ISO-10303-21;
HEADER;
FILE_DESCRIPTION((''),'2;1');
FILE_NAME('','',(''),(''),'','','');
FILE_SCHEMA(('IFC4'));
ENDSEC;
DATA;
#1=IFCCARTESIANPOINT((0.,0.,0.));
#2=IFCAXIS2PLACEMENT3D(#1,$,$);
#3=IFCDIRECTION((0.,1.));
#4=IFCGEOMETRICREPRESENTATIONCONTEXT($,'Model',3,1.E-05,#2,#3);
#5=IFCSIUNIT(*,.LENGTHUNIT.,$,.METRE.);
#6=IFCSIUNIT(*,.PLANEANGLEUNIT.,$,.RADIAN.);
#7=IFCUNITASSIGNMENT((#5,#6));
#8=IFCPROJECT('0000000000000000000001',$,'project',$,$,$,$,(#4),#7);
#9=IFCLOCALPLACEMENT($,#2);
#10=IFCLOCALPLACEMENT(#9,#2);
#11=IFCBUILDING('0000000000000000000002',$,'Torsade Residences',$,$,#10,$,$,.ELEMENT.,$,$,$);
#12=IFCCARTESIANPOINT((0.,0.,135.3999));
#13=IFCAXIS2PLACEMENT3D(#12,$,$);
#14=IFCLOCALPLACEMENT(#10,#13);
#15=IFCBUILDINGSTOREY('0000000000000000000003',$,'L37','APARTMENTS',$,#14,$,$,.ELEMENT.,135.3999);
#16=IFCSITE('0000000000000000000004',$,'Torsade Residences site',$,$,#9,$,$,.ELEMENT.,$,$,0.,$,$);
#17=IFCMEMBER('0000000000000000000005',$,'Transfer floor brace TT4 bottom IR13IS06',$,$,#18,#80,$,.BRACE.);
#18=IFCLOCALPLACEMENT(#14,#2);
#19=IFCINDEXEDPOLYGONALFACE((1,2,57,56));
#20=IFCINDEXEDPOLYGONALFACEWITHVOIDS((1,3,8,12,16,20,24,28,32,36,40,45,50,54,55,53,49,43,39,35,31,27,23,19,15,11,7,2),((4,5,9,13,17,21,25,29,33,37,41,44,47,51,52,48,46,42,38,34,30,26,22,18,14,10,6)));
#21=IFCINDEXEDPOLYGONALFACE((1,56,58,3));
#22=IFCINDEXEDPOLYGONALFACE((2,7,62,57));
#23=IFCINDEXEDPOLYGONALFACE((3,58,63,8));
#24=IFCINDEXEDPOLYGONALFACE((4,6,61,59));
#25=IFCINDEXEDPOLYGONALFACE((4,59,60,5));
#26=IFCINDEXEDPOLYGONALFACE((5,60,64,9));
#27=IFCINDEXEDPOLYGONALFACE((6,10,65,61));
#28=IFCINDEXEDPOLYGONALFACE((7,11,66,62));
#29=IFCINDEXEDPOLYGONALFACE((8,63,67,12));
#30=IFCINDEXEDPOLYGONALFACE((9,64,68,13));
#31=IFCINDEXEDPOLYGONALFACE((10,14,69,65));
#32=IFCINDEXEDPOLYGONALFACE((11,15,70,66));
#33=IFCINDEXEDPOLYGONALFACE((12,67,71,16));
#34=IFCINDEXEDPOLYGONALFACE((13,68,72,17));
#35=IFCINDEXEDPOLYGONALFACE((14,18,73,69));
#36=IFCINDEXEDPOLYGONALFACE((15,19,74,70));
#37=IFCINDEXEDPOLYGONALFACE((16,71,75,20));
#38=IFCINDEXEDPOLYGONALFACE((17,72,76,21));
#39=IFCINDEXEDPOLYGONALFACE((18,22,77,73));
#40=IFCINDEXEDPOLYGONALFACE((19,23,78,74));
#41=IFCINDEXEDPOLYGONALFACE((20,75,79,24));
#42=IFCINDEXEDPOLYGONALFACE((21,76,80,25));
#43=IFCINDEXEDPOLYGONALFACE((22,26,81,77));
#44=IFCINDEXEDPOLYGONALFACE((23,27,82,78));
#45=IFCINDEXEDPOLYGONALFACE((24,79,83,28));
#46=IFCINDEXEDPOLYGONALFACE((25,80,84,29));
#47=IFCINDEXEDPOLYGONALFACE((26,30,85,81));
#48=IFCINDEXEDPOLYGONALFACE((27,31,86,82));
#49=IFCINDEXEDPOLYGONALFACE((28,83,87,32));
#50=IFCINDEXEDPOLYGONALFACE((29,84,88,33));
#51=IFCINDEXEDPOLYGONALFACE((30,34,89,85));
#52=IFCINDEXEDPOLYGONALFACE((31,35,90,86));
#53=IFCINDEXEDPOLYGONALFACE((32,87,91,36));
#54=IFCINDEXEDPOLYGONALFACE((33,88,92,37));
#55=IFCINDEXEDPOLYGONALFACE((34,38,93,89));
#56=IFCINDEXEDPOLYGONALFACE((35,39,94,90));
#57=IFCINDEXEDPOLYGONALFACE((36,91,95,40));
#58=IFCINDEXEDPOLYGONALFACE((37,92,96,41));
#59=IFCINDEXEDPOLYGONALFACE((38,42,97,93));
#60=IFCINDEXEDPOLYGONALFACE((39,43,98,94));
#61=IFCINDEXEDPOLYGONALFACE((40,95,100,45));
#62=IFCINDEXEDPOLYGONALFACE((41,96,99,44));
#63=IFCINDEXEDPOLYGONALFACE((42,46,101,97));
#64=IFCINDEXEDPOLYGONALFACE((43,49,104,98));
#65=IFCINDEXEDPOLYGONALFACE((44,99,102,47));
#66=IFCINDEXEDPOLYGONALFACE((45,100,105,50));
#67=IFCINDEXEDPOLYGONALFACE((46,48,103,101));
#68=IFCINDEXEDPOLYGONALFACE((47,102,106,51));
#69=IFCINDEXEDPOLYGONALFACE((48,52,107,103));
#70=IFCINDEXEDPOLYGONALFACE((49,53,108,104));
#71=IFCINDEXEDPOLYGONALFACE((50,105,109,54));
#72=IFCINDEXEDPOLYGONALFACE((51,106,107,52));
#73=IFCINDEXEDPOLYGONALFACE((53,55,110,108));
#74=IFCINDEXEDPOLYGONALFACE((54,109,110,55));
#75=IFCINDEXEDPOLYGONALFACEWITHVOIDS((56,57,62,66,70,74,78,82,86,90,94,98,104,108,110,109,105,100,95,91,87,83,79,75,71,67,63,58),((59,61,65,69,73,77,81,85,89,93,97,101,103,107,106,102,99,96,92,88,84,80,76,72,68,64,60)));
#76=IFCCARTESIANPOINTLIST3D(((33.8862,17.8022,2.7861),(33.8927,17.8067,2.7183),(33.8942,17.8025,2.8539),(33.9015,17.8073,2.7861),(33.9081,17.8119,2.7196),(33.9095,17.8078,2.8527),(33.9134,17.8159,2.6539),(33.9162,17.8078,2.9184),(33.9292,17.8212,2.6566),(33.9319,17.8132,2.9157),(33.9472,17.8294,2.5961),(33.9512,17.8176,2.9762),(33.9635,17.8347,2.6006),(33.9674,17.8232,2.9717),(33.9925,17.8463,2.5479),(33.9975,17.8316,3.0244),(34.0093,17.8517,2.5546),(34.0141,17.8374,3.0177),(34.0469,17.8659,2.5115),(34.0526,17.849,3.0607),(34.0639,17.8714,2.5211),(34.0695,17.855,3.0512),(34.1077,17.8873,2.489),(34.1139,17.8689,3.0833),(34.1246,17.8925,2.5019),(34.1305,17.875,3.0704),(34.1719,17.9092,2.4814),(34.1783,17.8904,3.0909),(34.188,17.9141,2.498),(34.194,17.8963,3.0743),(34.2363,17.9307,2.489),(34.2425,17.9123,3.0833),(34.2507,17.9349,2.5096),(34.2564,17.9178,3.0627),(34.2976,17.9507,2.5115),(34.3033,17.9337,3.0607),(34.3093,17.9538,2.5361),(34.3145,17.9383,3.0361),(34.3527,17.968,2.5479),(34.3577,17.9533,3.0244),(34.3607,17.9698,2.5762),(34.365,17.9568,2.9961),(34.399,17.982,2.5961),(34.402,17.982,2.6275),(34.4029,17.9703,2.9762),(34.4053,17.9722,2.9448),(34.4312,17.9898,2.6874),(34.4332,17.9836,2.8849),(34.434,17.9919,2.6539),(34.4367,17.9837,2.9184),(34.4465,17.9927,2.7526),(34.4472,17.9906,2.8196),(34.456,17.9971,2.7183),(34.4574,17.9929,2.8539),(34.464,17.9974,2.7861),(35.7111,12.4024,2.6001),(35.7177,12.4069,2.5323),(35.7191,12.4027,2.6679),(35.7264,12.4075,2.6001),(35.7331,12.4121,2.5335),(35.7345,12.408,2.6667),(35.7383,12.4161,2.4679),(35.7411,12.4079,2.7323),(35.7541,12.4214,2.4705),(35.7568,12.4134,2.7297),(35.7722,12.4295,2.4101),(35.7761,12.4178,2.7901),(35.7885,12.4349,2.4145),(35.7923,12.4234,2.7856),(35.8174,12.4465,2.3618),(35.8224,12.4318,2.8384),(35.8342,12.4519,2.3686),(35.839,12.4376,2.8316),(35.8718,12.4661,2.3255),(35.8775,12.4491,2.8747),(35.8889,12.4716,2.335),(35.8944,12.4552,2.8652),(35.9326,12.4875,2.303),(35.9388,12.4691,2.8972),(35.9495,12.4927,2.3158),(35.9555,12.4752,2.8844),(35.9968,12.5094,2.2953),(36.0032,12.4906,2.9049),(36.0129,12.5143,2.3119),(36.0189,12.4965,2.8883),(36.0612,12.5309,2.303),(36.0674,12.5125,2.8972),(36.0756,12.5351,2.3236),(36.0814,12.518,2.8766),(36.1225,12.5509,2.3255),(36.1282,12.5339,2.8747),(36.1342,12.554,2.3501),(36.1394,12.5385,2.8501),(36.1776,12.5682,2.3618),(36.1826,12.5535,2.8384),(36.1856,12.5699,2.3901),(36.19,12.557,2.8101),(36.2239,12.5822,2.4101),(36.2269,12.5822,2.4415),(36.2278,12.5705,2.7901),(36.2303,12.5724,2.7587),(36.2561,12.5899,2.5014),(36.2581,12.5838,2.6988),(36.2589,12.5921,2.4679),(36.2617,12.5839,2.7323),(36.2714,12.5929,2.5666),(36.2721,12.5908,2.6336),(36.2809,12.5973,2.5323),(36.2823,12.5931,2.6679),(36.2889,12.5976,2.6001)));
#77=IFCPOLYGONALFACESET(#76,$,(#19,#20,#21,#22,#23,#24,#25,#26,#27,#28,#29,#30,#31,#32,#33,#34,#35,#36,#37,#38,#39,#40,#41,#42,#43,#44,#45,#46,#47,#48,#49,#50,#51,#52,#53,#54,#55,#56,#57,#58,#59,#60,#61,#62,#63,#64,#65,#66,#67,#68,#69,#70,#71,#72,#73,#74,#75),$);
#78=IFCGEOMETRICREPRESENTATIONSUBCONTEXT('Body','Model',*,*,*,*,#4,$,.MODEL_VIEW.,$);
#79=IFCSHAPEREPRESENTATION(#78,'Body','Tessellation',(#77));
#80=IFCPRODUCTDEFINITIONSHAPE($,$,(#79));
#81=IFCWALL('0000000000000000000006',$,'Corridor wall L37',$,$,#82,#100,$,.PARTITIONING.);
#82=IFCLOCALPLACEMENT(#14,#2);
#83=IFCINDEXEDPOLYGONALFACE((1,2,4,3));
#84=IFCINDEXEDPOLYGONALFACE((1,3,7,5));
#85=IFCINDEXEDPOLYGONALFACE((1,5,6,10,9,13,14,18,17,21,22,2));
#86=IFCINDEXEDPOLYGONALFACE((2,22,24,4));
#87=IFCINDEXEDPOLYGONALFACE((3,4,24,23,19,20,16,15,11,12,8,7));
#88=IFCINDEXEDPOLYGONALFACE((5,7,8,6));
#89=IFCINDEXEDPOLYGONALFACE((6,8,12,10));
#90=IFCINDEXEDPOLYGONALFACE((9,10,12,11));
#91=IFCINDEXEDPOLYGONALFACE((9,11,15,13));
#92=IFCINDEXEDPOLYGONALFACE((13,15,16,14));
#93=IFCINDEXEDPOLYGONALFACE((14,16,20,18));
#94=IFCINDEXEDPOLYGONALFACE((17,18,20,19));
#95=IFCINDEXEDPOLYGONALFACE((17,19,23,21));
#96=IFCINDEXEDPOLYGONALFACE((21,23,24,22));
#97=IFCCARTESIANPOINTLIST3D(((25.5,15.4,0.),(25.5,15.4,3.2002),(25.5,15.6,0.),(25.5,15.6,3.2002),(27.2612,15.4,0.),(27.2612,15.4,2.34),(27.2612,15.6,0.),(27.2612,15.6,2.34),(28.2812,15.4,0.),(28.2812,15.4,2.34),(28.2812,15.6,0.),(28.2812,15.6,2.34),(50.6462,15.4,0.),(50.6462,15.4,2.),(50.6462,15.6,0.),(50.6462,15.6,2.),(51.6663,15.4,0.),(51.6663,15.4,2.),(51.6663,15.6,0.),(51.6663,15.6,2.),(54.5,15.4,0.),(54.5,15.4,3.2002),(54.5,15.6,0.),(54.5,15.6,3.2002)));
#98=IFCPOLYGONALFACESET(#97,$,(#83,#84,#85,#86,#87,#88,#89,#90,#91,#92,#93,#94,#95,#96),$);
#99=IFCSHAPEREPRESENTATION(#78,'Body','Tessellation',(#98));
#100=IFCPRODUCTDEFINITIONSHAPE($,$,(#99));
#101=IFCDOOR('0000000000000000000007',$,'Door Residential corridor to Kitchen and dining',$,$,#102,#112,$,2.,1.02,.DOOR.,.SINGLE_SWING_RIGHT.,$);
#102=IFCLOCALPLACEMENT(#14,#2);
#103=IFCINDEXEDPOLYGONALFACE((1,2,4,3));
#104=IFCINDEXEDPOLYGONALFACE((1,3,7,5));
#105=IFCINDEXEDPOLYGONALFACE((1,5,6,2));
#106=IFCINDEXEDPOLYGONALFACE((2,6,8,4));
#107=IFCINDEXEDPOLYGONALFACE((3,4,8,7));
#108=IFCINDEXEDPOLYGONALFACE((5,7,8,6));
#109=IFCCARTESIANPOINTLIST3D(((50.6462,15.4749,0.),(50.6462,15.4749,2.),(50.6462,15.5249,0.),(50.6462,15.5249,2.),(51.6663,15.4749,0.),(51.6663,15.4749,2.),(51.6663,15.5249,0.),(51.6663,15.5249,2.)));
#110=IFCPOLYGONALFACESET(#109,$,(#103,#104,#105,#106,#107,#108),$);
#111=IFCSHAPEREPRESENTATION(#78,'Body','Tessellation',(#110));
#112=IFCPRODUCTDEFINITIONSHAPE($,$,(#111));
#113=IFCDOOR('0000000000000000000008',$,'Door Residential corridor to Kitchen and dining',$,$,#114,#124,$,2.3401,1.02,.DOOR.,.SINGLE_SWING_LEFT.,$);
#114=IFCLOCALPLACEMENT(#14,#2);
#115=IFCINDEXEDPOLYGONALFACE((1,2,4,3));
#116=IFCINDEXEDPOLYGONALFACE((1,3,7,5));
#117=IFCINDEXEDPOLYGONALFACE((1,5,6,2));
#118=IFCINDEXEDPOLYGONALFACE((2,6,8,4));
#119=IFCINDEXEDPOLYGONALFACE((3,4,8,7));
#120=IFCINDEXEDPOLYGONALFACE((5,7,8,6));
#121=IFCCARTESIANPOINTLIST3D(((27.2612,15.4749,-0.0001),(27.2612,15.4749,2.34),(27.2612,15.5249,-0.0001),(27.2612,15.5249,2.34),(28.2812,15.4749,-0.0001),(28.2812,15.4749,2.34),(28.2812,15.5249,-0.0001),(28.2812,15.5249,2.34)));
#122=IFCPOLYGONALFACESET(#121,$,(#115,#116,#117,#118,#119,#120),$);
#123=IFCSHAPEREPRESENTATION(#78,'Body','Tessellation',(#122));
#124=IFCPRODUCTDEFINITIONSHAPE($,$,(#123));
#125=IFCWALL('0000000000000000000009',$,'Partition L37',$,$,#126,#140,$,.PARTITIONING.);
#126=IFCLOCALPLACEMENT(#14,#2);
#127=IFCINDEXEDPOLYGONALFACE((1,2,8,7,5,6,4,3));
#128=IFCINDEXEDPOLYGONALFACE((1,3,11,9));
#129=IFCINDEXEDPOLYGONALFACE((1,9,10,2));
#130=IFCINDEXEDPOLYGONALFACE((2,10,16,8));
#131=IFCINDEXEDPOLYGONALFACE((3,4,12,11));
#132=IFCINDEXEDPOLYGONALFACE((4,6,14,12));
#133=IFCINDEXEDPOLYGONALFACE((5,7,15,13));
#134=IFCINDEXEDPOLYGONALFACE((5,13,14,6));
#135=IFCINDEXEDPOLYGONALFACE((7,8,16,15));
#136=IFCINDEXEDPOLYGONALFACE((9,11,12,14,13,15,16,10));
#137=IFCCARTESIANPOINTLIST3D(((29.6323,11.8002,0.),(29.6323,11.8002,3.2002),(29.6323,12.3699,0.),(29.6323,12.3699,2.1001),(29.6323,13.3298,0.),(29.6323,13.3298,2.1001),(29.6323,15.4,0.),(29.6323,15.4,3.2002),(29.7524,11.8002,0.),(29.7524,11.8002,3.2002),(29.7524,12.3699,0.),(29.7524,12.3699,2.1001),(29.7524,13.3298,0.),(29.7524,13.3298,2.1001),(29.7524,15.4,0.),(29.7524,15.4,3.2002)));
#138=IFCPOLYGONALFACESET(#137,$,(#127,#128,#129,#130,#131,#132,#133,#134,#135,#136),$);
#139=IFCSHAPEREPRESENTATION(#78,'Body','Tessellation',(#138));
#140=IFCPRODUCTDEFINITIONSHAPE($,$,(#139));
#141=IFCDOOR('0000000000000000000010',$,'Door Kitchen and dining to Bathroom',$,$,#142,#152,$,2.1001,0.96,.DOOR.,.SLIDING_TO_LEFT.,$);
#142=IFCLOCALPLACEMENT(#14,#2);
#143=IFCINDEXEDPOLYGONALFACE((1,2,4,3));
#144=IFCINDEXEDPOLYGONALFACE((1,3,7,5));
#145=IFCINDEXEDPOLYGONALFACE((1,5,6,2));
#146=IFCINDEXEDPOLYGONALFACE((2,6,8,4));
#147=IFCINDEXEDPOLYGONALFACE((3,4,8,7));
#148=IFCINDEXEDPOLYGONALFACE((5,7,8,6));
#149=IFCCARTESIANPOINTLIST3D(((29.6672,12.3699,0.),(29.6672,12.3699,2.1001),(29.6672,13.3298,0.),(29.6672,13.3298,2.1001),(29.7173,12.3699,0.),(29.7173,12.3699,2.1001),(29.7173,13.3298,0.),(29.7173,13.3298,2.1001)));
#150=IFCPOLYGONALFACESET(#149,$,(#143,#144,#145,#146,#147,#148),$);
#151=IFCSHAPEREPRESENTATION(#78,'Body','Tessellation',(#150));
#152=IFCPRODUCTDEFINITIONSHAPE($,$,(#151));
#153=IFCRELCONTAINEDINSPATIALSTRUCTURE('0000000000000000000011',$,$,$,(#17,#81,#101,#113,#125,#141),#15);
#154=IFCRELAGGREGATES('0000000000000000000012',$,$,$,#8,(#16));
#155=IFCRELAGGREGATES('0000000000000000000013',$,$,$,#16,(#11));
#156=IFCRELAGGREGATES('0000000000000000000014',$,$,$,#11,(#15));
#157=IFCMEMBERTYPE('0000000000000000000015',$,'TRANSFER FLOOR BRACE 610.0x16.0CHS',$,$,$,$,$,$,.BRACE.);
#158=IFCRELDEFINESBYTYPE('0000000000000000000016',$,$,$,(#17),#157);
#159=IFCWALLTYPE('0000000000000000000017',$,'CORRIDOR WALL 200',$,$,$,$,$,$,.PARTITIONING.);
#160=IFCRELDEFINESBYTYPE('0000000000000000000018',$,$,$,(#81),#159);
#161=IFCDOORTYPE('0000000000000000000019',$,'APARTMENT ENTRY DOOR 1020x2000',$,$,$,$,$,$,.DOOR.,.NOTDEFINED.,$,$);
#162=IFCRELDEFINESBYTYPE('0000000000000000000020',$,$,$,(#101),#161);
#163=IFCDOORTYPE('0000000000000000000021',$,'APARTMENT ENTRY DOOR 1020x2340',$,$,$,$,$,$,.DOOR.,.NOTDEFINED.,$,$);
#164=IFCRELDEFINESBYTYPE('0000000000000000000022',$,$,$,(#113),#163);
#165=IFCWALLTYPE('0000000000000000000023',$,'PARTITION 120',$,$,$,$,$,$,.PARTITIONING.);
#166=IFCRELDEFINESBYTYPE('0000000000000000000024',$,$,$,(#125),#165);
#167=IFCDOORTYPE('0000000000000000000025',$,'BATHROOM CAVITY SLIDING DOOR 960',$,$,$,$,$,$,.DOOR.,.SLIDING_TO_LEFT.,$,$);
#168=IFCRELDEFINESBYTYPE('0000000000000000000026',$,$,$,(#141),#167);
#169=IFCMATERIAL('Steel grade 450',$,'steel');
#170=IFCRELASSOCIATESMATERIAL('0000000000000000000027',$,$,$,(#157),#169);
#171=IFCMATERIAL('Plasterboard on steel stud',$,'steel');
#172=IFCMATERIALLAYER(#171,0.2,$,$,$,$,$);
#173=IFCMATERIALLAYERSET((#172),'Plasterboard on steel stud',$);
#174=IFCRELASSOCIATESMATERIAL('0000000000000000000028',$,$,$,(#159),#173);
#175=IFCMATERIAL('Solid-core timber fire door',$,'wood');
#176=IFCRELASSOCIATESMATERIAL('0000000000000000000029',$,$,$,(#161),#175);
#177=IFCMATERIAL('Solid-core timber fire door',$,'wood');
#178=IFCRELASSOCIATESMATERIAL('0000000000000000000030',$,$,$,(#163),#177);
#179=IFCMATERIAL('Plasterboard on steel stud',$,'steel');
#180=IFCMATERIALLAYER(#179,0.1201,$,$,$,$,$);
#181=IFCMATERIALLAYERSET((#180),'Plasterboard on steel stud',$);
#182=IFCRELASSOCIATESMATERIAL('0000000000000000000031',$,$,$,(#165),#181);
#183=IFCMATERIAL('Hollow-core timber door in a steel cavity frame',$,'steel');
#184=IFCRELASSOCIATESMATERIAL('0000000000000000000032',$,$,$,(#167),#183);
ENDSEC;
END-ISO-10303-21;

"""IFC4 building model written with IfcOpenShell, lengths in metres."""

from ifc_helpers import new_model, si_unit, direction, frame, frame_2d, origin, origin_2d, place, context, subcontext, project, spatial, rectangle, hollow_circle, extrude, material, layer, layer_set, material_profile, profile_set, type_object, element, fill, save


model = new_model("IFC4")

# Units and contexts
model_context = context("Model", 3, precision=1e-05, world=origin(), true_north=direction((0.0, 1.0)))
body_context = subcontext(model_context, "Body", "Model", "MODEL_VIEW")
ifc_project = project(units=[si_unit("LENGTHUNIT", "METRE"), si_unit("PLANEANGLEUNIT", "RADIAN")], contexts=[model_context])

# Site, building, storey
site_placement = place(None, origin())
site = spatial("IfcSite", under=ifc_project, at=site_placement, Name="Torsade Residences site", CompositionType="ELEMENT", RefElevation=0.0)
building_placement = place(site_placement, origin())
building = spatial("IfcBuilding", under=site, at=building_placement, Name="Torsade Residences", CompositionType="ELEMENT")
storey_placement = place(building_placement, frame((0.0, 0.0, 135.3999)))
storey = spatial("IfcBuildingStorey", under=building, at=storey_placement, Name="L37", Description="APARTMENTS", CompositionType="ELEMENT", Elevation=135.3999)

# Member
ifc_material_1 = material(Name="Steel grade 450", Category="steel")
ifc_material_profile_1 = material_profile(ifc_material_1, hollow_circle(Radius=0.3049, WallThickness=0.0161, at=origin_2d()), Name="610.0x16.0CHS")
ifc_profile_set_1 = profile_set([ifc_material_profile_1], Name="Steel grade 450")
member_type = type_object("IfcMemberType", Name="TRANSFER FLOOR BRACE 610.0x16.0CHS", PredefinedType="BRACE", material=ifc_profile_set_1)
member_1_placement = place(storey_placement, frame((36.0, 12.5, 2.6001), z_axis=(-0.319999, 0.946856, 0.032621), x_axis=(-0.94736, -0.32017, 0.0)))
element("IfcMember", 1, at=member_1_placement, inside=storey, type_object=member_type, Name="Transfer floor brace TT4 bottom IR13IS06", PredefinedType="BRACE", context=body_context, shape_type="SweptSolid", body=[
    extrude(hollow_circle(Radius=0.3049, WallThickness=0.0161, at=origin_2d()), origin(), (0.0, 0.0, 1.0), 5.7029),
])

# Wall, openings, doors
ifc_material_2 = material(Name="Plasterboard on steel stud", Category="steel")
ifc_layer_1 = layer(ifc_material_2, 0.2)
ifc_layer_set_1 = layer_set([ifc_layer_1], Name="Plasterboard on steel stud")
wall_type_1 = type_object("IfcWallType", Name="CORRIDOR WALL 200", PredefinedType="PARTITIONING", material=ifc_layer_set_1)
wall_1_placement = place(storey_placement, frame((25.5, 15.5, 0.0), z_axis=(0.0, 0.0, 1.0), x_axis=(1.0, 0.0, 0.0)))
wall_1 = element("IfcWall", 2, at=wall_1_placement, inside=storey, type_object=wall_type_1, Name="Corridor wall L37", PredefinedType="PARTITIONING", context=body_context, shape_type="SweptSolid", body=[
    extrude(rectangle(XDim=29.0, YDim=0.2, at=frame_2d((14.5, 0.0))), origin(), (0.0, 0.0, 1.0), 3.2002),
])
opening_1_placement = place(wall_1_placement, frame((25.1462, 0.0, 0.0)))
opening_1 = element("IfcOpeningElement", 3, at=opening_1_placement, cuts=wall_1, PredefinedType="OPENING", context=body_context, shape_type="SweptSolid", body=[
    extrude(rectangle(XDim=1.02, YDim=2.0, at=frame_2d((0.51, 1.0))), frame((0.0, 0.1099, 0.0), z_axis=(0.0, -1.0, 0.0), x_axis=(1.0, 0.0, 0.0)), (0.0, 0.0, 1.0), 0.22),
])
opening_2_placement = place(wall_1_placement, frame((1.7612, 0.0, 0.0)))
opening_2 = element("IfcOpeningElement", 4, at=opening_2_placement, cuts=wall_1, PredefinedType="OPENING", context=body_context, shape_type="SweptSolid", body=[
    extrude(rectangle(XDim=1.02, YDim=2.3401, at=frame_2d((0.51, 1.1699))), frame((0.0, 0.1099, 0.0), z_axis=(0.0, -1.0, 0.0), x_axis=(1.0, 0.0, 0.0)), (0.0, 0.0, 1.0), 0.22),
])
ifc_material_3 = material(Name="Solid-core timber fire door", Category="wood")
door_type_1 = type_object("IfcDoorType", Name="APARTMENT ENTRY DOOR 1020x2000", OperationType="NOTDEFINED", PredefinedType="DOOR", material=ifc_material_3)
door_1_placement = place(opening_1_placement, origin())
door_1 = element("IfcDoor", 5, at=door_1_placement, inside=storey, type_object=door_type_1, Name="Door Residential corridor to Kitchen and dining", OperationType="SINGLE_SWING_RIGHT", OverallHeight=2.0, OverallWidth=1.02, PredefinedType="DOOR", context=body_context, shape_type="SweptSolid", body=[
    extrude(rectangle(XDim=1.02, YDim=2.0, at=frame_2d((0.51, 1.0))), frame((0.0, 0.0249, 0.0), z_axis=(0.0, -1.0, 0.0), x_axis=(1.0, 0.0, 0.0)), (0.0, 0.0, 1.0), 0.05),
])
fill(opening_1, door_1)
ifc_material_4 = material(Name="Solid-core timber fire door", Category="wood")
door_type_2 = type_object("IfcDoorType", Name="APARTMENT ENTRY DOOR 1020x2340", OperationType="NOTDEFINED", PredefinedType="DOOR", material=ifc_material_4)
door_2_placement = place(opening_2_placement, origin())
door_2 = element("IfcDoor", 6, at=door_2_placement, inside=storey, type_object=door_type_2, Name="Door Residential corridor to Kitchen and dining", OperationType="SINGLE_SWING_LEFT", OverallHeight=2.3401, OverallWidth=1.02, PredefinedType="DOOR", context=body_context, shape_type="SweptSolid", body=[
    extrude(rectangle(XDim=1.02, YDim=2.3401, at=frame_2d((0.51, 1.1699))), frame((0.0, 0.0249, 0.0), z_axis=(0.0, -1.0, 0.0), x_axis=(1.0, 0.0, 0.0)), (0.0, 0.0, 1.0), 0.05),
])
fill(opening_2, door_2)

# Wall, opening, door
ifc_material_5 = material(Name="Plasterboard on steel stud", Category="steel")
ifc_layer_2 = layer(ifc_material_5, 0.1201)
ifc_layer_set_2 = layer_set([ifc_layer_2], Name="Plasterboard on steel stud")
wall_type_2 = type_object("IfcWallType", Name="PARTITION 120", PredefinedType="PARTITIONING", material=ifc_layer_set_2)
wall_2_placement = place(storey_placement, frame((29.6924, 15.3999, 0.0), z_axis=(0.0, 0.0, 1.0), x_axis=(0.0, -1.0, 0.0)))
wall_2 = element("IfcWall", 7, at=wall_2_placement, inside=storey, type_object=wall_type_2, Name="Partition L37", PredefinedType="PARTITIONING", context=body_context, shape_type="SweptSolid", body=[
    extrude(rectangle(XDim=3.5999, YDim=0.1201, at=frame_2d((1.7998, 0.0))), origin(), (0.0, 0.0, 1.0), 3.2002),
])
opening_3_placement = place(wall_2_placement, frame((2.0701, 0.0, 0.0)))
opening_3 = element("IfcOpeningElement", 8, at=opening_3_placement, cuts=wall_2, PredefinedType="OPENING", context=body_context, shape_type="SweptSolid", body=[
    extrude(rectangle(XDim=0.96, YDim=2.1001, at=frame_2d((0.48, 1.05))), frame((0.0, 0.0701, 0.0), z_axis=(0.0, -1.0, 0.0), x_axis=(1.0, 0.0, 0.0)), (0.0, 0.0, 1.0), 0.1401),
])
ifc_material_6 = material(Name="Hollow-core timber door in a steel cavity frame", Category="steel")
door_type_3 = type_object("IfcDoorType", Name="BATHROOM CAVITY SLIDING DOOR 960", OperationType="SLIDING_TO_LEFT", PredefinedType="DOOR", material=ifc_material_6)
door_3_placement = place(opening_3_placement, origin())
door_3 = element("IfcDoor", 9, at=door_3_placement, inside=storey, type_object=door_type_3, Name="Door Kitchen and dining to Bathroom", OperationType="SLIDING_TO_LEFT", OverallHeight=2.1001, OverallWidth=0.96, PredefinedType="DOOR", context=body_context, shape_type="SweptSolid", body=[
    extrude(rectangle(XDim=0.96, YDim=2.1001, at=frame_2d((0.48, 1.05))), frame((0.0, 0.0249, 0.0), z_axis=(0.0, -1.0, 0.0), x_axis=(1.0, 0.0, 0.0)), (0.0, 0.0, 1.0), 0.05),
])
fill(opening_3, door_3)

save(model, "model.ifc")
